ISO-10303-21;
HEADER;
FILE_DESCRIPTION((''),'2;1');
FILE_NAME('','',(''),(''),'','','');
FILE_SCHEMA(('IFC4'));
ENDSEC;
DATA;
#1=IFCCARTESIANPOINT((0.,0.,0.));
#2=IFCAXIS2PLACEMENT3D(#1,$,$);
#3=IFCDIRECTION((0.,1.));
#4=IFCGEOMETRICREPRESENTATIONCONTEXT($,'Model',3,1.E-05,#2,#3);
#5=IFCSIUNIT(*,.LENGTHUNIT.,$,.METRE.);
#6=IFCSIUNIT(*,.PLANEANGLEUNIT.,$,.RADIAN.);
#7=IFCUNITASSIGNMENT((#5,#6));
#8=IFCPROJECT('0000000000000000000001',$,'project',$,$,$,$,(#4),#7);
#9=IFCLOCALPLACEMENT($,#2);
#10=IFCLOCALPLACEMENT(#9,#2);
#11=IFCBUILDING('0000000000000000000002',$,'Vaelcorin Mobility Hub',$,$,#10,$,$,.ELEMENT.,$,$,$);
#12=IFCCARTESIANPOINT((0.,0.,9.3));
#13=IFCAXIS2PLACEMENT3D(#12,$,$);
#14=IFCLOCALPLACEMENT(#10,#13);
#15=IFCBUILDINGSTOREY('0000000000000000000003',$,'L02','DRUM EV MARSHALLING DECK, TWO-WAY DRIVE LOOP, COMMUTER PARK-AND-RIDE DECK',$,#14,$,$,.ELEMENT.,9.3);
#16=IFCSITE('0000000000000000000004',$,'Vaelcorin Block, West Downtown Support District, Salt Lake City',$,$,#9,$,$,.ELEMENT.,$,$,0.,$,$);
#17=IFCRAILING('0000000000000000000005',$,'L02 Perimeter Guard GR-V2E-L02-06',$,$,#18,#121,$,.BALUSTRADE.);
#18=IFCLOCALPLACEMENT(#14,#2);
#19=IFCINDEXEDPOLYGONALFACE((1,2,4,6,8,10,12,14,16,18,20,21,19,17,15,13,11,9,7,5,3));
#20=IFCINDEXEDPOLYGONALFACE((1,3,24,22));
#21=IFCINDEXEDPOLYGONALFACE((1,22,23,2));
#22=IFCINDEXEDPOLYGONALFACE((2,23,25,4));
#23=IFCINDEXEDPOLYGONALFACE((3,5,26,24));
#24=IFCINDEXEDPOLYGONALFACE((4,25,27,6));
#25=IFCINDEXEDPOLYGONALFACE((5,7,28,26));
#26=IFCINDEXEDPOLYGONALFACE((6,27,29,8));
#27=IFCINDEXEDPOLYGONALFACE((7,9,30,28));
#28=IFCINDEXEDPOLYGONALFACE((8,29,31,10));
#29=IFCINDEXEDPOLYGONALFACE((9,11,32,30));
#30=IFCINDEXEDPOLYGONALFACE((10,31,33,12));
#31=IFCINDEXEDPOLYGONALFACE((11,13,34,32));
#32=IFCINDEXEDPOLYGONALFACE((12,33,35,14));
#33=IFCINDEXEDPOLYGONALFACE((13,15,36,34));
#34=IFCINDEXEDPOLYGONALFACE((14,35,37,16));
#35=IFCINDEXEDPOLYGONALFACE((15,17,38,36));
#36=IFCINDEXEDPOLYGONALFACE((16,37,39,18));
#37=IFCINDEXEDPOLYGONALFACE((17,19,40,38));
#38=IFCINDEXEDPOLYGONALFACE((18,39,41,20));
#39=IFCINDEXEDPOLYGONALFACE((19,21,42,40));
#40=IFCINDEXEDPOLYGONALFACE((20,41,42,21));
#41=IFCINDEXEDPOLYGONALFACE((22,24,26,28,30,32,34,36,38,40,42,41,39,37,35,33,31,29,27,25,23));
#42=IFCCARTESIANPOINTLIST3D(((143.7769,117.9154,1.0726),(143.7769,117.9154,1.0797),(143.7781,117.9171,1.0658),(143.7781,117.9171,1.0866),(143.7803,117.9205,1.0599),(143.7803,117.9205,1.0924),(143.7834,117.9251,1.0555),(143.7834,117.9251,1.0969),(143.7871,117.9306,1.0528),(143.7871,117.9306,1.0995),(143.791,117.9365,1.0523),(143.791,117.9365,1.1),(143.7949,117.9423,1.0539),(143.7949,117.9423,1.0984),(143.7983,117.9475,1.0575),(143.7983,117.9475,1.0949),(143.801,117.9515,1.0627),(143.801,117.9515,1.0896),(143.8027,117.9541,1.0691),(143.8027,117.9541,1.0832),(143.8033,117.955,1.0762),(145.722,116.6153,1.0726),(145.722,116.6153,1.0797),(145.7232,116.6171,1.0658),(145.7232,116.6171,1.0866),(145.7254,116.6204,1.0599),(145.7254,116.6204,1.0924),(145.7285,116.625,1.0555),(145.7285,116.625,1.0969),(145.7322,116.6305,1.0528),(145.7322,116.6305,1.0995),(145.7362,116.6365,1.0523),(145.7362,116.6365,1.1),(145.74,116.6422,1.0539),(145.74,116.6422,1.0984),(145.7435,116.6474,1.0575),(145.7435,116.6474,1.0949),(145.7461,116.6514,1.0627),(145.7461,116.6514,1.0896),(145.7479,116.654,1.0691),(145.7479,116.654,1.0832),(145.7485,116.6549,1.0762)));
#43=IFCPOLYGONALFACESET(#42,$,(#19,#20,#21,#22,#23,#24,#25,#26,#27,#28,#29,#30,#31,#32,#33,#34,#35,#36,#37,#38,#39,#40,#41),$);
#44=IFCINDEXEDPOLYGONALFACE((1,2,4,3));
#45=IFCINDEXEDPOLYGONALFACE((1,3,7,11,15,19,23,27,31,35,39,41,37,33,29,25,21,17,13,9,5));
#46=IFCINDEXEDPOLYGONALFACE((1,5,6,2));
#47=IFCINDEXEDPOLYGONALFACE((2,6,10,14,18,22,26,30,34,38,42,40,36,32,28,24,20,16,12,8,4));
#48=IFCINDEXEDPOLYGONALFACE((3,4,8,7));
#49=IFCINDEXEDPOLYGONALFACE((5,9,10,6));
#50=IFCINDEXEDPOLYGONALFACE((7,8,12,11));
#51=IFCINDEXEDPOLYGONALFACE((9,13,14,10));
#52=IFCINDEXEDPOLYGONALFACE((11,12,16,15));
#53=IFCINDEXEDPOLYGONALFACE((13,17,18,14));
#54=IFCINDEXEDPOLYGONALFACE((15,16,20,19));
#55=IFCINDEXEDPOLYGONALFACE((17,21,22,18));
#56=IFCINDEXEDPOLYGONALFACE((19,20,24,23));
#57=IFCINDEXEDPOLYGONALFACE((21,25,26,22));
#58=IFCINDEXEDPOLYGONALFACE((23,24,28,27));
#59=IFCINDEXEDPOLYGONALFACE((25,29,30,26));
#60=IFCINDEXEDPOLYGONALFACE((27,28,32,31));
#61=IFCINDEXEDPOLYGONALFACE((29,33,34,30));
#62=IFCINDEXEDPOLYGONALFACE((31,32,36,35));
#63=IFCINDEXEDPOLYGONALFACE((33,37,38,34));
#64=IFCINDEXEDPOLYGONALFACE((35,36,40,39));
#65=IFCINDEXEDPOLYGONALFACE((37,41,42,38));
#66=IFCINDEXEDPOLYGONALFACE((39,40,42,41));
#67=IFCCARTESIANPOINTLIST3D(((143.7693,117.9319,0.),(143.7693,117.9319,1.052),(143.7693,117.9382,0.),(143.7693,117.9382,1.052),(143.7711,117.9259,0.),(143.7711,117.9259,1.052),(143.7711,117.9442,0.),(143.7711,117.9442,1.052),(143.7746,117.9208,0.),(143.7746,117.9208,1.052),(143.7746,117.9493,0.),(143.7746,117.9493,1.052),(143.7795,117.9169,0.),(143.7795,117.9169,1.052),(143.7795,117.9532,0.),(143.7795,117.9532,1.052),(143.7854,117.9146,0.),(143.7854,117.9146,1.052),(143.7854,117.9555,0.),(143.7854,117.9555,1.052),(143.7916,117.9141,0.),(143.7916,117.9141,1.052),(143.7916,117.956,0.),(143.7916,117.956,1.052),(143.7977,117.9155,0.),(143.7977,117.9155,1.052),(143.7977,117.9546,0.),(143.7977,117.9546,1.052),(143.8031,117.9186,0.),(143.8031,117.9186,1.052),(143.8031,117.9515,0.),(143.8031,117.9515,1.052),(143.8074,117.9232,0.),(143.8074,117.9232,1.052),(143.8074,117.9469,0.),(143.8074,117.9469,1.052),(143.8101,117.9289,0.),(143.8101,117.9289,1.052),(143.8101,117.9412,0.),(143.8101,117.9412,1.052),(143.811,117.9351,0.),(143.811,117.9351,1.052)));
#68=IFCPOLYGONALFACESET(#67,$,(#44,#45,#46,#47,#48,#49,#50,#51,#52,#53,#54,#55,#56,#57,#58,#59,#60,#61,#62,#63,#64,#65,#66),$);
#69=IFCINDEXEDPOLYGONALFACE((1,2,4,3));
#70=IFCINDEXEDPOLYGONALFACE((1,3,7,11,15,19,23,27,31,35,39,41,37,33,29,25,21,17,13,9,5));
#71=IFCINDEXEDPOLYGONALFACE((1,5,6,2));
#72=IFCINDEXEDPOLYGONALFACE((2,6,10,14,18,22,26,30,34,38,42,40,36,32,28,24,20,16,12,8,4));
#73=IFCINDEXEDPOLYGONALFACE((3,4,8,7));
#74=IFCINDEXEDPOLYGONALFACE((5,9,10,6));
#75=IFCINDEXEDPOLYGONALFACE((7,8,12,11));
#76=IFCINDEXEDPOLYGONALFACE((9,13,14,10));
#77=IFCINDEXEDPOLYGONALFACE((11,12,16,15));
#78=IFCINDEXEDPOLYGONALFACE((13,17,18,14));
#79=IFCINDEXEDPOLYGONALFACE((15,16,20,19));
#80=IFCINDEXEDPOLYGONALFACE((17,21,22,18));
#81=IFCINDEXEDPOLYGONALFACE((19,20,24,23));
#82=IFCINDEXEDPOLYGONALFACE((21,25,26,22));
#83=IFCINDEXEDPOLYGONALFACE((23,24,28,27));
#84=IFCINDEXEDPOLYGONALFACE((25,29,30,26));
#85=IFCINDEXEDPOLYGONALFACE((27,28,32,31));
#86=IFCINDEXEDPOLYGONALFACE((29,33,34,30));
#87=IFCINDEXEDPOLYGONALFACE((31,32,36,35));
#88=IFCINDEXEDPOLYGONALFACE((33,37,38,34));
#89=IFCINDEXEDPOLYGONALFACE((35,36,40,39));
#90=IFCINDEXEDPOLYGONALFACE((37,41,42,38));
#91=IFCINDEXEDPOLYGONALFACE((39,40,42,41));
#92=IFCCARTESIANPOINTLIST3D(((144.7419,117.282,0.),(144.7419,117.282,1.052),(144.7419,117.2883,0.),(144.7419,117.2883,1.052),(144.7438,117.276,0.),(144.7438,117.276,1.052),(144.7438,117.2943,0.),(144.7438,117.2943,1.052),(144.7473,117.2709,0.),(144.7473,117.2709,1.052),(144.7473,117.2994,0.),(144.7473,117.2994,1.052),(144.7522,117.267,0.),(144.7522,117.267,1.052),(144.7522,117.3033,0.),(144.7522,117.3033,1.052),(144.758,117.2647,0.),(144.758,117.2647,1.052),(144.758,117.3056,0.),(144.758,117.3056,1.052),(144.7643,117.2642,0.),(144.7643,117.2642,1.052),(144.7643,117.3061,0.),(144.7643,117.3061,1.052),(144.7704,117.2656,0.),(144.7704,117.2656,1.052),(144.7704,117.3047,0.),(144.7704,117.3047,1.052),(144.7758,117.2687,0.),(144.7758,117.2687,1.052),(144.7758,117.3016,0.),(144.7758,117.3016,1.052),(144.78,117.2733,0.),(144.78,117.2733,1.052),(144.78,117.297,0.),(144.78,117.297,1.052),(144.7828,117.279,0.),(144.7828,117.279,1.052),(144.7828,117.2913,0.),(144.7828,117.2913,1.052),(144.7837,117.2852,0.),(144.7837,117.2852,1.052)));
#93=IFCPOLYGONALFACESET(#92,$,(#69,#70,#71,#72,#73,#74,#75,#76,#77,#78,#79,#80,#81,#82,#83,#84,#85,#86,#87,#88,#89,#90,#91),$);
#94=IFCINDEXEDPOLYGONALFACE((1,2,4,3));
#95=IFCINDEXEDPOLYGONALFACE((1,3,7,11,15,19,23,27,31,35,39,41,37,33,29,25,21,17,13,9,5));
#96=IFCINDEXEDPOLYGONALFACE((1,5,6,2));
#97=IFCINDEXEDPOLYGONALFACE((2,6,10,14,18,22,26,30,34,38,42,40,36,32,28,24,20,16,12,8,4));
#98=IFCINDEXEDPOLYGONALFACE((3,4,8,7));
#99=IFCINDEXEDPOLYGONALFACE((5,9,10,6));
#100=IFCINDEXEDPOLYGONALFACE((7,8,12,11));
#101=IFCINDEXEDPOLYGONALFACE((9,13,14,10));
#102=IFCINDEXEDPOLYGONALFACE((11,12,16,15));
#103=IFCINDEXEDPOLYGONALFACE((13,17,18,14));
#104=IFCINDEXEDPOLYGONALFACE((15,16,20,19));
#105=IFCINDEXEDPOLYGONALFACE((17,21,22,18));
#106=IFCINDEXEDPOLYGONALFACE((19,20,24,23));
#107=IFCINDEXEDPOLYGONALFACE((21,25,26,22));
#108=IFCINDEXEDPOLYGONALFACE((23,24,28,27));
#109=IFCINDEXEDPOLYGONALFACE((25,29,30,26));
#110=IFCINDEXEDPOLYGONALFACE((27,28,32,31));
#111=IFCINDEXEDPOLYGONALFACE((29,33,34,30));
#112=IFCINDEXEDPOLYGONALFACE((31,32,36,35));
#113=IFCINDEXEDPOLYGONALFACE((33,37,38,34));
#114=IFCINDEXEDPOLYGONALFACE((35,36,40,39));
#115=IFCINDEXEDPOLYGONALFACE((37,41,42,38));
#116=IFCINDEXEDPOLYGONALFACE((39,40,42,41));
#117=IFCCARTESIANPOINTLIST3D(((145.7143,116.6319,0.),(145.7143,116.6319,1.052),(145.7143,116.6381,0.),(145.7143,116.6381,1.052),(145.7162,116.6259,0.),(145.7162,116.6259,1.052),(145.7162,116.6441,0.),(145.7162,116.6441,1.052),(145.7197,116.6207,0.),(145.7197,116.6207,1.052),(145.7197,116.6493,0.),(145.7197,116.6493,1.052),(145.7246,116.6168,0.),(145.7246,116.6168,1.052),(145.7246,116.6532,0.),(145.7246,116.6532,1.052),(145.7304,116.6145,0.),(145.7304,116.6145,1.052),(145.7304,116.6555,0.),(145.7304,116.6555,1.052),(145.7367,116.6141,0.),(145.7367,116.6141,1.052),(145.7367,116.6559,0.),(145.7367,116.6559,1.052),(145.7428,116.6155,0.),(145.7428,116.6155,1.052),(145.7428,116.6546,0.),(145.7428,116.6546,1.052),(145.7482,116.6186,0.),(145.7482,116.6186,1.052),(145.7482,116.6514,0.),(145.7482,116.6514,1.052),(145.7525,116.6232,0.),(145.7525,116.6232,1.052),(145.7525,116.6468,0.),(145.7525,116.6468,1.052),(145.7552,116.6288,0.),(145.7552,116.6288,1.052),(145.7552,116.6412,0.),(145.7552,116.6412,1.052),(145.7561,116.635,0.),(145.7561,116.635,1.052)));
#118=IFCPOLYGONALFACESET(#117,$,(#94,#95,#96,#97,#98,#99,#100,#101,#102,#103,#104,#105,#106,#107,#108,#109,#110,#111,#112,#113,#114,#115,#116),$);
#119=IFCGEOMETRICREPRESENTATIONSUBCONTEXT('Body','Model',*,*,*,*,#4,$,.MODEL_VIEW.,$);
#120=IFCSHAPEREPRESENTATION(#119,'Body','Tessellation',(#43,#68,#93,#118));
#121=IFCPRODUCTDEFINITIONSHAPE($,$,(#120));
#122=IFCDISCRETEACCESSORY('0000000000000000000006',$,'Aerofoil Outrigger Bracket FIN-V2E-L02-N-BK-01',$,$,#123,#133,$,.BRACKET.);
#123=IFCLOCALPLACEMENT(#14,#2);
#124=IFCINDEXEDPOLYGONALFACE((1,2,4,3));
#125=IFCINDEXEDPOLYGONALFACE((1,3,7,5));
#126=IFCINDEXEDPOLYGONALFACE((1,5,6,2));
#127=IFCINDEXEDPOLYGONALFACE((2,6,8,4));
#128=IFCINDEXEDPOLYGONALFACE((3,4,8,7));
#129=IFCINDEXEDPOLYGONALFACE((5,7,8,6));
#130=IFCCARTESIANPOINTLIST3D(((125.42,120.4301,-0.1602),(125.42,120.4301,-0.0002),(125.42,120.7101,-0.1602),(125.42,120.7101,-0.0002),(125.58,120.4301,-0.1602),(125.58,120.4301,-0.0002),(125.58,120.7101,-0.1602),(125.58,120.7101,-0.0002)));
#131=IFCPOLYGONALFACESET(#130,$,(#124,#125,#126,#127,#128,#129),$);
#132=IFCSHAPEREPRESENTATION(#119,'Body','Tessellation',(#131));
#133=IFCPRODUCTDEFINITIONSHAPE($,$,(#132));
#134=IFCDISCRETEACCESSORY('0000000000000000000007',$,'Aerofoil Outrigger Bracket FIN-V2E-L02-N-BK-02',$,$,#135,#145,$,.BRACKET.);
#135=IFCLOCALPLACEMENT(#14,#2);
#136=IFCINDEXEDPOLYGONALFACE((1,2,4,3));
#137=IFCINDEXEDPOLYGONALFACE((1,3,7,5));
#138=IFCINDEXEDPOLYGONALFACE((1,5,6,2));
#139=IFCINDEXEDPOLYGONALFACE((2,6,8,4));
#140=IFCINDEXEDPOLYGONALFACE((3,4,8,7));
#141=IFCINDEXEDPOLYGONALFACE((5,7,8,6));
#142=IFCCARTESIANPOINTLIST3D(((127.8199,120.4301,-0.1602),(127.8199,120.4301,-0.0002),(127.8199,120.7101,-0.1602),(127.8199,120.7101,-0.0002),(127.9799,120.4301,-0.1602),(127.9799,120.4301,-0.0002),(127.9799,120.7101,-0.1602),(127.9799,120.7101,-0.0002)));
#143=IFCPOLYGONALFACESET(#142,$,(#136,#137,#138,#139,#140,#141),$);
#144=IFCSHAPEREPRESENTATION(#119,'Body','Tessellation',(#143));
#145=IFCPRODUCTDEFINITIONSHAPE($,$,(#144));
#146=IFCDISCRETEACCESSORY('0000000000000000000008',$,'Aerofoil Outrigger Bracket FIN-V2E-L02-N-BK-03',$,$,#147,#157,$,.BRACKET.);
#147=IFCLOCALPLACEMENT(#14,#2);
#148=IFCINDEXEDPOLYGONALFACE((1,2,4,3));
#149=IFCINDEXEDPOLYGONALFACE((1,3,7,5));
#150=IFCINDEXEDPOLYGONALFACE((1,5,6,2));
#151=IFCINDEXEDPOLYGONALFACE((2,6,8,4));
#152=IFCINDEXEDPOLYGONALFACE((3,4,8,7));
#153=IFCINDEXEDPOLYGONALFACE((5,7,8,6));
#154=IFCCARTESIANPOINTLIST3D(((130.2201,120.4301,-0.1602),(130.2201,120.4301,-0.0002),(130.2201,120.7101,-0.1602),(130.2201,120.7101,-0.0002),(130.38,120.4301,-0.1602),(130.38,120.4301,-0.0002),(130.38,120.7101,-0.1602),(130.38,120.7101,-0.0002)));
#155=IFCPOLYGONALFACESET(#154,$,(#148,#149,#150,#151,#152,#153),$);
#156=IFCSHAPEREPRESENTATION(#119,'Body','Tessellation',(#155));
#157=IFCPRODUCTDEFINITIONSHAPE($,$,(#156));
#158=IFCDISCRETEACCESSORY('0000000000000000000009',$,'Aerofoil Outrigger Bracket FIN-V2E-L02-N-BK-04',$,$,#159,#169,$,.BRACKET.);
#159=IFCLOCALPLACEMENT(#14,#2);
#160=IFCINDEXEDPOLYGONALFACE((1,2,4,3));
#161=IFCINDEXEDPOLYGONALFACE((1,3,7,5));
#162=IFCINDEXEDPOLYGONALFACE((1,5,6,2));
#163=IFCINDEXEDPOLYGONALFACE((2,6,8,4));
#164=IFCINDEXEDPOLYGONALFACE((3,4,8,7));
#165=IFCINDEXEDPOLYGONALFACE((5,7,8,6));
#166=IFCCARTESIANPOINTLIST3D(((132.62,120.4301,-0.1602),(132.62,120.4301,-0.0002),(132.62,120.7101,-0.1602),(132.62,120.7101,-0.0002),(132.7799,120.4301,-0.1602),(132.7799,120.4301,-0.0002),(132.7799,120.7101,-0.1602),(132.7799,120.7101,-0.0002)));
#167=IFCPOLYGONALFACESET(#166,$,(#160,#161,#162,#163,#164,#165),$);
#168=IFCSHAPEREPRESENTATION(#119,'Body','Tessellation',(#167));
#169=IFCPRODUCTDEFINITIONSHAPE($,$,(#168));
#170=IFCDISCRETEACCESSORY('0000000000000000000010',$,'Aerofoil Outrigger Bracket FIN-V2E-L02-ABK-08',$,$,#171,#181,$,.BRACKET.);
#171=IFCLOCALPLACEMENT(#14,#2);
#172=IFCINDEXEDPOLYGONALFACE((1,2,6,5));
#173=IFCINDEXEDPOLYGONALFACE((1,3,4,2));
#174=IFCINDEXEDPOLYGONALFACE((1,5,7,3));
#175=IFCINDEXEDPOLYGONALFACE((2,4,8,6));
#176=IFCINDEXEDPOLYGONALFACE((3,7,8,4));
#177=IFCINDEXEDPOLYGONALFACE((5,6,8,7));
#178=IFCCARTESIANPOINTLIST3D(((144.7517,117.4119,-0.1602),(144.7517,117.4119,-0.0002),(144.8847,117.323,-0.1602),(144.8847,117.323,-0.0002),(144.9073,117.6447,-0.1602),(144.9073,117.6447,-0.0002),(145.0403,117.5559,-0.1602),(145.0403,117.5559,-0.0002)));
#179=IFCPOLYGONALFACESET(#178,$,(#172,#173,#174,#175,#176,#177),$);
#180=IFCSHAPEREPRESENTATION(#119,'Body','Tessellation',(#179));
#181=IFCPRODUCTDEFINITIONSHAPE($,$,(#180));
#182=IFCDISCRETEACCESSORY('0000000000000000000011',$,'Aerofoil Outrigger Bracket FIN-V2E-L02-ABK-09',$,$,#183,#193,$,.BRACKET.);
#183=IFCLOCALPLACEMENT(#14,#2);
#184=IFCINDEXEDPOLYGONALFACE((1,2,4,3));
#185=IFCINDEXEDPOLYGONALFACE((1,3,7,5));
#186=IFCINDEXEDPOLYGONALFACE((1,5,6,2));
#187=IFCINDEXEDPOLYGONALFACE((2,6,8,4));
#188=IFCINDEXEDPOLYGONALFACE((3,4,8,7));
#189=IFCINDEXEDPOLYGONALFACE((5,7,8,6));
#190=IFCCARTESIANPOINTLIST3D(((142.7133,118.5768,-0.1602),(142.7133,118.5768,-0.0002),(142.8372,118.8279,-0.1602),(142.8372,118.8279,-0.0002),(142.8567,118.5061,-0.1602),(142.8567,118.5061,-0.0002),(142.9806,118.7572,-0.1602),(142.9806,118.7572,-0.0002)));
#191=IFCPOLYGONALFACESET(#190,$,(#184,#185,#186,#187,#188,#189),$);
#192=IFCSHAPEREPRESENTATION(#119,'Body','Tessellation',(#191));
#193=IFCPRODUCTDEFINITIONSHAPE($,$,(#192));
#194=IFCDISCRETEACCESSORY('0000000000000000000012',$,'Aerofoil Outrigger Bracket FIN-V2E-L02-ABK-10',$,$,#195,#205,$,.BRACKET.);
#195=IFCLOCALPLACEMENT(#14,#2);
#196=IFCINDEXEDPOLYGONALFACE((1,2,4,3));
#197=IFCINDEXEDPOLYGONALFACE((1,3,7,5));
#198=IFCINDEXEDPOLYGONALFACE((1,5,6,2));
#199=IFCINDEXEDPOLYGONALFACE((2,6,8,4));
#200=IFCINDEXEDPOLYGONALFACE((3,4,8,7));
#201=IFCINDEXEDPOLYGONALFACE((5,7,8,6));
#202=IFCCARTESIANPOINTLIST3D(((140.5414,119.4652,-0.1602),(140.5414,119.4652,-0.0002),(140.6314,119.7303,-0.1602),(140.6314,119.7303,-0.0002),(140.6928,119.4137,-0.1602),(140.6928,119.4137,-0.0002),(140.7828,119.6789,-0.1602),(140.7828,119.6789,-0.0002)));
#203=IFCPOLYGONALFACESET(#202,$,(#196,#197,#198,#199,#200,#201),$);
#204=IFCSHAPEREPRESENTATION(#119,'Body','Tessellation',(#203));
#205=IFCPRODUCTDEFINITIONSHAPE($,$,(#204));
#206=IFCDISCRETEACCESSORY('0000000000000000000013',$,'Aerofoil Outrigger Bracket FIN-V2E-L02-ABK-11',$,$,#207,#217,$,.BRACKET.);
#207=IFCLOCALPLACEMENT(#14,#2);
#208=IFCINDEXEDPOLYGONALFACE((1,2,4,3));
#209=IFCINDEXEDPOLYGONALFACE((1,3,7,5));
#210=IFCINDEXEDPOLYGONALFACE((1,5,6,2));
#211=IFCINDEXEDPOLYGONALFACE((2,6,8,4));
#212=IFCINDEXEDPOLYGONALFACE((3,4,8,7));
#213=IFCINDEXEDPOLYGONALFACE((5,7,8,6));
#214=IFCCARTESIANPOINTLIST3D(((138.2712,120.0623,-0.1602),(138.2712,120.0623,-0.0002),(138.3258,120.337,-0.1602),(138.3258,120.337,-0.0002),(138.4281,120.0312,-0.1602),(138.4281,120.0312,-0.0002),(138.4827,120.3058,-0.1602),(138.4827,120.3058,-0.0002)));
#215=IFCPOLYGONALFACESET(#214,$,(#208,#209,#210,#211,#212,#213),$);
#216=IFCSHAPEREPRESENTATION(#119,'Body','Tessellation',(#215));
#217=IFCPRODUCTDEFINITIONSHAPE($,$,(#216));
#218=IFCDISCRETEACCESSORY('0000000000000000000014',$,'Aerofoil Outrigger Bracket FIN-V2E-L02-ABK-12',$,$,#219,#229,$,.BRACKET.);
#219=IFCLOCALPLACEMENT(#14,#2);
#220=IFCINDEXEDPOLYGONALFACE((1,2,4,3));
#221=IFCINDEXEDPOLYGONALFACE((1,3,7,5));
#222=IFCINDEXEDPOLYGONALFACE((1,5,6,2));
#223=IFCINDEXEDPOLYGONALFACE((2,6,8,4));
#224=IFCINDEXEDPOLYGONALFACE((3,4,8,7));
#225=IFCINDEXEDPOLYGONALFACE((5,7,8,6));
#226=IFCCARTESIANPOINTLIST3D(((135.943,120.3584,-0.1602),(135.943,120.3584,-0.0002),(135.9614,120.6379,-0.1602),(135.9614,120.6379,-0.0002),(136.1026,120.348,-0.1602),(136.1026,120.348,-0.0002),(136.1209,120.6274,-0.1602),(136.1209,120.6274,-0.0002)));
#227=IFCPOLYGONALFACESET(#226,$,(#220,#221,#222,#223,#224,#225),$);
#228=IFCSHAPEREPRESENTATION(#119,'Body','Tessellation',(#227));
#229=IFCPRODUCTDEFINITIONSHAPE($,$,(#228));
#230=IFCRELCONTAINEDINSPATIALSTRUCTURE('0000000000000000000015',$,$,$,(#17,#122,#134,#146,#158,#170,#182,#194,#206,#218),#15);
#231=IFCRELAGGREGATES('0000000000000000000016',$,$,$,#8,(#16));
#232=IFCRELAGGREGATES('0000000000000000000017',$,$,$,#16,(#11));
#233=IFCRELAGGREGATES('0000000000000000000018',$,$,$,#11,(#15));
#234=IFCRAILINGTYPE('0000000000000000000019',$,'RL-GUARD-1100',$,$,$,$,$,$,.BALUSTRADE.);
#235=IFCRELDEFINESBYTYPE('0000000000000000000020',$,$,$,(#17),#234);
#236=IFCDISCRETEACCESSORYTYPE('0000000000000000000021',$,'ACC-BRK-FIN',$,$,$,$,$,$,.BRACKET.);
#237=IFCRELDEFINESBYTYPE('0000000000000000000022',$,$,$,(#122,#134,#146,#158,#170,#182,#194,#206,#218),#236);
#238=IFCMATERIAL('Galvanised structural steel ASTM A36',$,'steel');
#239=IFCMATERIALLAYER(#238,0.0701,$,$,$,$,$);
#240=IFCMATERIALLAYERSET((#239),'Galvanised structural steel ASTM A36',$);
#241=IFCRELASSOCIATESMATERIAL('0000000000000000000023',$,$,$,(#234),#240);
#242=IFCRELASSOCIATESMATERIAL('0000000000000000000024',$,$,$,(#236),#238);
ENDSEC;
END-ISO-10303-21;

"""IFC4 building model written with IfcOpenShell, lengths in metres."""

from ifc_helpers import new_model, si_unit, direction, frame, origin, origin_2d, place, context, subcontext, project, spatial, rectangle, circle, extrude, material, layer, layer_set, type_object, element, save


model = new_model("IFC4")

# Units and contexts
model_context = context("Model", 3, precision=1e-05, world=origin(), true_north=direction((0.0, 1.0)))
body_context = subcontext(model_context, "Body", "Model", "MODEL_VIEW")
ifc_project = project(units=[si_unit("LENGTHUNIT", "METRE"), si_unit("PLANEANGLEUNIT", "RADIAN")], contexts=[model_context])

# Site, building, storey
site_placement = place(None, origin())
site = spatial("IfcSite", under=ifc_project, at=site_placement, Name="Vaelcorin Block, West Downtown Support District, Salt Lake City", CompositionType="ELEMENT", RefElevation=0.0)
building_placement = place(site_placement, origin())
building = spatial("IfcBuilding", under=site, at=building_placement, Name="Vaelcorin Mobility Hub", CompositionType="ELEMENT")
storey_placement = place(building_placement, frame((0.0, 0.0, 9.3)))
storey = spatial("IfcBuildingStorey", under=building, at=storey_placement, Name="L02", Description="DRUM EV MARSHALLING DECK, TWO-WAY DRIVE LOOP, COMMUTER PARK-AND-RIDE DECK", CompositionType="ELEMENT", Elevation=9.3)

# Railing
ifc_material_1 = material(Name="Galvanised structural steel ASTM A36", Category="steel")
ifc_layer_1 = layer(ifc_material_1, 0.0701)
ifc_layer_set_1 = layer_set([ifc_layer_1], Name="Galvanised structural steel ASTM A36")
railing_type = type_object("IfcRailingType", Name="RL-GUARD-1100", PredefinedType="BALUSTRADE", material=ifc_layer_set_1)
railing_1_placement = place(storey_placement, frame((143.79, 117.9351, 0.0)))
element("IfcRailing", 1, at=railing_1_placement, inside=storey, type_object=railing_type, Name="L02 Perimeter Guard GR-V2E-L02-06", PredefinedType="BALUSTRADE", context=body_context, shape_type="SweptSolid", body=[
    extrude(circle(Radius=0.0239, at=origin_2d()), frame((0.0, 0.0, 1.0762), z_axis=(0.831391, -0.555687, 0.0), x_axis=(0.555687, 0.831391, 0.0)), (0.0, 0.0, 1.0), 2.3396),
    extrude(circle(Radius=0.021, at=origin_2d()), origin(), (0.0, 0.0, 1.0), 1.052),
    extrude(circle(Radius=0.021, at=origin_2d()), frame((0.9727, -0.6499, 0.0)), (0.0, 0.0, 1.0), 1.052),
    extrude(circle(Radius=0.021, at=origin_2d()), frame((1.9451, -1.3, 0.0)), (0.0, 0.0, 1.0), 1.052),
])

# Discrete accessories
discrete_accessory_type = type_object("IfcDiscreteAccessoryType", Name="ACC-BRK-FIN", PredefinedType="BRACKET", material=ifc_material_1)
for number, where, z_axis, x_axis, name in (
    (2, (125.5, 120.5701, -0.1602), (0.0, 0.0, 1.0), (0.0, 1.0, 0.0), "Aerofoil Outrigger Bracket FIN-V2E-L02-N-BK-01"),
    (3, (127.8999, 120.5701, -0.1602), (0.0, 0.0, 1.0), (0.0, 1.0, 0.0), "Aerofoil Outrigger Bracket FIN-V2E-L02-N-BK-02"),
    (4, (130.3, 120.5701, -0.1602), (0.0, 0.0, 1.0), (0.0, 1.0, 0.0), "Aerofoil Outrigger Bracket FIN-V2E-L02-N-BK-03"),
    (5, (132.7, 120.5701, -0.1602), (0.0, 0.0, 1.0), (0.0, 1.0, 0.0), "Aerofoil Outrigger Bracket FIN-V2E-L02-N-BK-04"),
    (6, (144.896, 117.4839, -0.1602), (0.0, 0.0, 1.0), (0.555483, 0.831528, 0.0), "Aerofoil Outrigger Bracket FIN-V2E-L02-ABK-08"),
    (7, (142.8469, 118.667, -0.1602), (0.0, 0.0, 1.0), (0.442445, 0.896796, 0.0), "Aerofoil Outrigger Bracket FIN-V2E-L02-ABK-09"),
    (8, (140.6621, 119.572, -0.1602), (0.0, 0.0, 1.0), (0.321572, 0.946885, 0.0), "Aerofoil Outrigger Bracket FIN-V2E-L02-ABK-10"),
    (9, (138.377, 120.1841, -0.1602), (0.0, 0.0, 1.0), (0.194885, 0.980826, 0.0), "Aerofoil Outrigger Bracket FIN-V2E-L02-ABK-11"),
    (10, (136.032, 120.4929, -0.1602), (0.0, 0.0, 1.0), (0.065421, 0.997858, 0.0), "Aerofoil Outrigger Bracket FIN-V2E-L02-ABK-12"),
):
    element("IfcDiscreteAccessory", number, at=place(storey_placement, frame(where, z_axis=z_axis, x_axis=x_axis)), inside=storey, type_object=discrete_accessory_type, Name=name, PredefinedType="BRACKET", context=body_context, shape_type="SweptSolid", body=[
        extrude(rectangle(XDim=0.28, YDim=0.1599, at=origin_2d()), origin(), (0.0, 0.0, 1.0), 0.1599),
    ])

save(model, "model.ifc")
